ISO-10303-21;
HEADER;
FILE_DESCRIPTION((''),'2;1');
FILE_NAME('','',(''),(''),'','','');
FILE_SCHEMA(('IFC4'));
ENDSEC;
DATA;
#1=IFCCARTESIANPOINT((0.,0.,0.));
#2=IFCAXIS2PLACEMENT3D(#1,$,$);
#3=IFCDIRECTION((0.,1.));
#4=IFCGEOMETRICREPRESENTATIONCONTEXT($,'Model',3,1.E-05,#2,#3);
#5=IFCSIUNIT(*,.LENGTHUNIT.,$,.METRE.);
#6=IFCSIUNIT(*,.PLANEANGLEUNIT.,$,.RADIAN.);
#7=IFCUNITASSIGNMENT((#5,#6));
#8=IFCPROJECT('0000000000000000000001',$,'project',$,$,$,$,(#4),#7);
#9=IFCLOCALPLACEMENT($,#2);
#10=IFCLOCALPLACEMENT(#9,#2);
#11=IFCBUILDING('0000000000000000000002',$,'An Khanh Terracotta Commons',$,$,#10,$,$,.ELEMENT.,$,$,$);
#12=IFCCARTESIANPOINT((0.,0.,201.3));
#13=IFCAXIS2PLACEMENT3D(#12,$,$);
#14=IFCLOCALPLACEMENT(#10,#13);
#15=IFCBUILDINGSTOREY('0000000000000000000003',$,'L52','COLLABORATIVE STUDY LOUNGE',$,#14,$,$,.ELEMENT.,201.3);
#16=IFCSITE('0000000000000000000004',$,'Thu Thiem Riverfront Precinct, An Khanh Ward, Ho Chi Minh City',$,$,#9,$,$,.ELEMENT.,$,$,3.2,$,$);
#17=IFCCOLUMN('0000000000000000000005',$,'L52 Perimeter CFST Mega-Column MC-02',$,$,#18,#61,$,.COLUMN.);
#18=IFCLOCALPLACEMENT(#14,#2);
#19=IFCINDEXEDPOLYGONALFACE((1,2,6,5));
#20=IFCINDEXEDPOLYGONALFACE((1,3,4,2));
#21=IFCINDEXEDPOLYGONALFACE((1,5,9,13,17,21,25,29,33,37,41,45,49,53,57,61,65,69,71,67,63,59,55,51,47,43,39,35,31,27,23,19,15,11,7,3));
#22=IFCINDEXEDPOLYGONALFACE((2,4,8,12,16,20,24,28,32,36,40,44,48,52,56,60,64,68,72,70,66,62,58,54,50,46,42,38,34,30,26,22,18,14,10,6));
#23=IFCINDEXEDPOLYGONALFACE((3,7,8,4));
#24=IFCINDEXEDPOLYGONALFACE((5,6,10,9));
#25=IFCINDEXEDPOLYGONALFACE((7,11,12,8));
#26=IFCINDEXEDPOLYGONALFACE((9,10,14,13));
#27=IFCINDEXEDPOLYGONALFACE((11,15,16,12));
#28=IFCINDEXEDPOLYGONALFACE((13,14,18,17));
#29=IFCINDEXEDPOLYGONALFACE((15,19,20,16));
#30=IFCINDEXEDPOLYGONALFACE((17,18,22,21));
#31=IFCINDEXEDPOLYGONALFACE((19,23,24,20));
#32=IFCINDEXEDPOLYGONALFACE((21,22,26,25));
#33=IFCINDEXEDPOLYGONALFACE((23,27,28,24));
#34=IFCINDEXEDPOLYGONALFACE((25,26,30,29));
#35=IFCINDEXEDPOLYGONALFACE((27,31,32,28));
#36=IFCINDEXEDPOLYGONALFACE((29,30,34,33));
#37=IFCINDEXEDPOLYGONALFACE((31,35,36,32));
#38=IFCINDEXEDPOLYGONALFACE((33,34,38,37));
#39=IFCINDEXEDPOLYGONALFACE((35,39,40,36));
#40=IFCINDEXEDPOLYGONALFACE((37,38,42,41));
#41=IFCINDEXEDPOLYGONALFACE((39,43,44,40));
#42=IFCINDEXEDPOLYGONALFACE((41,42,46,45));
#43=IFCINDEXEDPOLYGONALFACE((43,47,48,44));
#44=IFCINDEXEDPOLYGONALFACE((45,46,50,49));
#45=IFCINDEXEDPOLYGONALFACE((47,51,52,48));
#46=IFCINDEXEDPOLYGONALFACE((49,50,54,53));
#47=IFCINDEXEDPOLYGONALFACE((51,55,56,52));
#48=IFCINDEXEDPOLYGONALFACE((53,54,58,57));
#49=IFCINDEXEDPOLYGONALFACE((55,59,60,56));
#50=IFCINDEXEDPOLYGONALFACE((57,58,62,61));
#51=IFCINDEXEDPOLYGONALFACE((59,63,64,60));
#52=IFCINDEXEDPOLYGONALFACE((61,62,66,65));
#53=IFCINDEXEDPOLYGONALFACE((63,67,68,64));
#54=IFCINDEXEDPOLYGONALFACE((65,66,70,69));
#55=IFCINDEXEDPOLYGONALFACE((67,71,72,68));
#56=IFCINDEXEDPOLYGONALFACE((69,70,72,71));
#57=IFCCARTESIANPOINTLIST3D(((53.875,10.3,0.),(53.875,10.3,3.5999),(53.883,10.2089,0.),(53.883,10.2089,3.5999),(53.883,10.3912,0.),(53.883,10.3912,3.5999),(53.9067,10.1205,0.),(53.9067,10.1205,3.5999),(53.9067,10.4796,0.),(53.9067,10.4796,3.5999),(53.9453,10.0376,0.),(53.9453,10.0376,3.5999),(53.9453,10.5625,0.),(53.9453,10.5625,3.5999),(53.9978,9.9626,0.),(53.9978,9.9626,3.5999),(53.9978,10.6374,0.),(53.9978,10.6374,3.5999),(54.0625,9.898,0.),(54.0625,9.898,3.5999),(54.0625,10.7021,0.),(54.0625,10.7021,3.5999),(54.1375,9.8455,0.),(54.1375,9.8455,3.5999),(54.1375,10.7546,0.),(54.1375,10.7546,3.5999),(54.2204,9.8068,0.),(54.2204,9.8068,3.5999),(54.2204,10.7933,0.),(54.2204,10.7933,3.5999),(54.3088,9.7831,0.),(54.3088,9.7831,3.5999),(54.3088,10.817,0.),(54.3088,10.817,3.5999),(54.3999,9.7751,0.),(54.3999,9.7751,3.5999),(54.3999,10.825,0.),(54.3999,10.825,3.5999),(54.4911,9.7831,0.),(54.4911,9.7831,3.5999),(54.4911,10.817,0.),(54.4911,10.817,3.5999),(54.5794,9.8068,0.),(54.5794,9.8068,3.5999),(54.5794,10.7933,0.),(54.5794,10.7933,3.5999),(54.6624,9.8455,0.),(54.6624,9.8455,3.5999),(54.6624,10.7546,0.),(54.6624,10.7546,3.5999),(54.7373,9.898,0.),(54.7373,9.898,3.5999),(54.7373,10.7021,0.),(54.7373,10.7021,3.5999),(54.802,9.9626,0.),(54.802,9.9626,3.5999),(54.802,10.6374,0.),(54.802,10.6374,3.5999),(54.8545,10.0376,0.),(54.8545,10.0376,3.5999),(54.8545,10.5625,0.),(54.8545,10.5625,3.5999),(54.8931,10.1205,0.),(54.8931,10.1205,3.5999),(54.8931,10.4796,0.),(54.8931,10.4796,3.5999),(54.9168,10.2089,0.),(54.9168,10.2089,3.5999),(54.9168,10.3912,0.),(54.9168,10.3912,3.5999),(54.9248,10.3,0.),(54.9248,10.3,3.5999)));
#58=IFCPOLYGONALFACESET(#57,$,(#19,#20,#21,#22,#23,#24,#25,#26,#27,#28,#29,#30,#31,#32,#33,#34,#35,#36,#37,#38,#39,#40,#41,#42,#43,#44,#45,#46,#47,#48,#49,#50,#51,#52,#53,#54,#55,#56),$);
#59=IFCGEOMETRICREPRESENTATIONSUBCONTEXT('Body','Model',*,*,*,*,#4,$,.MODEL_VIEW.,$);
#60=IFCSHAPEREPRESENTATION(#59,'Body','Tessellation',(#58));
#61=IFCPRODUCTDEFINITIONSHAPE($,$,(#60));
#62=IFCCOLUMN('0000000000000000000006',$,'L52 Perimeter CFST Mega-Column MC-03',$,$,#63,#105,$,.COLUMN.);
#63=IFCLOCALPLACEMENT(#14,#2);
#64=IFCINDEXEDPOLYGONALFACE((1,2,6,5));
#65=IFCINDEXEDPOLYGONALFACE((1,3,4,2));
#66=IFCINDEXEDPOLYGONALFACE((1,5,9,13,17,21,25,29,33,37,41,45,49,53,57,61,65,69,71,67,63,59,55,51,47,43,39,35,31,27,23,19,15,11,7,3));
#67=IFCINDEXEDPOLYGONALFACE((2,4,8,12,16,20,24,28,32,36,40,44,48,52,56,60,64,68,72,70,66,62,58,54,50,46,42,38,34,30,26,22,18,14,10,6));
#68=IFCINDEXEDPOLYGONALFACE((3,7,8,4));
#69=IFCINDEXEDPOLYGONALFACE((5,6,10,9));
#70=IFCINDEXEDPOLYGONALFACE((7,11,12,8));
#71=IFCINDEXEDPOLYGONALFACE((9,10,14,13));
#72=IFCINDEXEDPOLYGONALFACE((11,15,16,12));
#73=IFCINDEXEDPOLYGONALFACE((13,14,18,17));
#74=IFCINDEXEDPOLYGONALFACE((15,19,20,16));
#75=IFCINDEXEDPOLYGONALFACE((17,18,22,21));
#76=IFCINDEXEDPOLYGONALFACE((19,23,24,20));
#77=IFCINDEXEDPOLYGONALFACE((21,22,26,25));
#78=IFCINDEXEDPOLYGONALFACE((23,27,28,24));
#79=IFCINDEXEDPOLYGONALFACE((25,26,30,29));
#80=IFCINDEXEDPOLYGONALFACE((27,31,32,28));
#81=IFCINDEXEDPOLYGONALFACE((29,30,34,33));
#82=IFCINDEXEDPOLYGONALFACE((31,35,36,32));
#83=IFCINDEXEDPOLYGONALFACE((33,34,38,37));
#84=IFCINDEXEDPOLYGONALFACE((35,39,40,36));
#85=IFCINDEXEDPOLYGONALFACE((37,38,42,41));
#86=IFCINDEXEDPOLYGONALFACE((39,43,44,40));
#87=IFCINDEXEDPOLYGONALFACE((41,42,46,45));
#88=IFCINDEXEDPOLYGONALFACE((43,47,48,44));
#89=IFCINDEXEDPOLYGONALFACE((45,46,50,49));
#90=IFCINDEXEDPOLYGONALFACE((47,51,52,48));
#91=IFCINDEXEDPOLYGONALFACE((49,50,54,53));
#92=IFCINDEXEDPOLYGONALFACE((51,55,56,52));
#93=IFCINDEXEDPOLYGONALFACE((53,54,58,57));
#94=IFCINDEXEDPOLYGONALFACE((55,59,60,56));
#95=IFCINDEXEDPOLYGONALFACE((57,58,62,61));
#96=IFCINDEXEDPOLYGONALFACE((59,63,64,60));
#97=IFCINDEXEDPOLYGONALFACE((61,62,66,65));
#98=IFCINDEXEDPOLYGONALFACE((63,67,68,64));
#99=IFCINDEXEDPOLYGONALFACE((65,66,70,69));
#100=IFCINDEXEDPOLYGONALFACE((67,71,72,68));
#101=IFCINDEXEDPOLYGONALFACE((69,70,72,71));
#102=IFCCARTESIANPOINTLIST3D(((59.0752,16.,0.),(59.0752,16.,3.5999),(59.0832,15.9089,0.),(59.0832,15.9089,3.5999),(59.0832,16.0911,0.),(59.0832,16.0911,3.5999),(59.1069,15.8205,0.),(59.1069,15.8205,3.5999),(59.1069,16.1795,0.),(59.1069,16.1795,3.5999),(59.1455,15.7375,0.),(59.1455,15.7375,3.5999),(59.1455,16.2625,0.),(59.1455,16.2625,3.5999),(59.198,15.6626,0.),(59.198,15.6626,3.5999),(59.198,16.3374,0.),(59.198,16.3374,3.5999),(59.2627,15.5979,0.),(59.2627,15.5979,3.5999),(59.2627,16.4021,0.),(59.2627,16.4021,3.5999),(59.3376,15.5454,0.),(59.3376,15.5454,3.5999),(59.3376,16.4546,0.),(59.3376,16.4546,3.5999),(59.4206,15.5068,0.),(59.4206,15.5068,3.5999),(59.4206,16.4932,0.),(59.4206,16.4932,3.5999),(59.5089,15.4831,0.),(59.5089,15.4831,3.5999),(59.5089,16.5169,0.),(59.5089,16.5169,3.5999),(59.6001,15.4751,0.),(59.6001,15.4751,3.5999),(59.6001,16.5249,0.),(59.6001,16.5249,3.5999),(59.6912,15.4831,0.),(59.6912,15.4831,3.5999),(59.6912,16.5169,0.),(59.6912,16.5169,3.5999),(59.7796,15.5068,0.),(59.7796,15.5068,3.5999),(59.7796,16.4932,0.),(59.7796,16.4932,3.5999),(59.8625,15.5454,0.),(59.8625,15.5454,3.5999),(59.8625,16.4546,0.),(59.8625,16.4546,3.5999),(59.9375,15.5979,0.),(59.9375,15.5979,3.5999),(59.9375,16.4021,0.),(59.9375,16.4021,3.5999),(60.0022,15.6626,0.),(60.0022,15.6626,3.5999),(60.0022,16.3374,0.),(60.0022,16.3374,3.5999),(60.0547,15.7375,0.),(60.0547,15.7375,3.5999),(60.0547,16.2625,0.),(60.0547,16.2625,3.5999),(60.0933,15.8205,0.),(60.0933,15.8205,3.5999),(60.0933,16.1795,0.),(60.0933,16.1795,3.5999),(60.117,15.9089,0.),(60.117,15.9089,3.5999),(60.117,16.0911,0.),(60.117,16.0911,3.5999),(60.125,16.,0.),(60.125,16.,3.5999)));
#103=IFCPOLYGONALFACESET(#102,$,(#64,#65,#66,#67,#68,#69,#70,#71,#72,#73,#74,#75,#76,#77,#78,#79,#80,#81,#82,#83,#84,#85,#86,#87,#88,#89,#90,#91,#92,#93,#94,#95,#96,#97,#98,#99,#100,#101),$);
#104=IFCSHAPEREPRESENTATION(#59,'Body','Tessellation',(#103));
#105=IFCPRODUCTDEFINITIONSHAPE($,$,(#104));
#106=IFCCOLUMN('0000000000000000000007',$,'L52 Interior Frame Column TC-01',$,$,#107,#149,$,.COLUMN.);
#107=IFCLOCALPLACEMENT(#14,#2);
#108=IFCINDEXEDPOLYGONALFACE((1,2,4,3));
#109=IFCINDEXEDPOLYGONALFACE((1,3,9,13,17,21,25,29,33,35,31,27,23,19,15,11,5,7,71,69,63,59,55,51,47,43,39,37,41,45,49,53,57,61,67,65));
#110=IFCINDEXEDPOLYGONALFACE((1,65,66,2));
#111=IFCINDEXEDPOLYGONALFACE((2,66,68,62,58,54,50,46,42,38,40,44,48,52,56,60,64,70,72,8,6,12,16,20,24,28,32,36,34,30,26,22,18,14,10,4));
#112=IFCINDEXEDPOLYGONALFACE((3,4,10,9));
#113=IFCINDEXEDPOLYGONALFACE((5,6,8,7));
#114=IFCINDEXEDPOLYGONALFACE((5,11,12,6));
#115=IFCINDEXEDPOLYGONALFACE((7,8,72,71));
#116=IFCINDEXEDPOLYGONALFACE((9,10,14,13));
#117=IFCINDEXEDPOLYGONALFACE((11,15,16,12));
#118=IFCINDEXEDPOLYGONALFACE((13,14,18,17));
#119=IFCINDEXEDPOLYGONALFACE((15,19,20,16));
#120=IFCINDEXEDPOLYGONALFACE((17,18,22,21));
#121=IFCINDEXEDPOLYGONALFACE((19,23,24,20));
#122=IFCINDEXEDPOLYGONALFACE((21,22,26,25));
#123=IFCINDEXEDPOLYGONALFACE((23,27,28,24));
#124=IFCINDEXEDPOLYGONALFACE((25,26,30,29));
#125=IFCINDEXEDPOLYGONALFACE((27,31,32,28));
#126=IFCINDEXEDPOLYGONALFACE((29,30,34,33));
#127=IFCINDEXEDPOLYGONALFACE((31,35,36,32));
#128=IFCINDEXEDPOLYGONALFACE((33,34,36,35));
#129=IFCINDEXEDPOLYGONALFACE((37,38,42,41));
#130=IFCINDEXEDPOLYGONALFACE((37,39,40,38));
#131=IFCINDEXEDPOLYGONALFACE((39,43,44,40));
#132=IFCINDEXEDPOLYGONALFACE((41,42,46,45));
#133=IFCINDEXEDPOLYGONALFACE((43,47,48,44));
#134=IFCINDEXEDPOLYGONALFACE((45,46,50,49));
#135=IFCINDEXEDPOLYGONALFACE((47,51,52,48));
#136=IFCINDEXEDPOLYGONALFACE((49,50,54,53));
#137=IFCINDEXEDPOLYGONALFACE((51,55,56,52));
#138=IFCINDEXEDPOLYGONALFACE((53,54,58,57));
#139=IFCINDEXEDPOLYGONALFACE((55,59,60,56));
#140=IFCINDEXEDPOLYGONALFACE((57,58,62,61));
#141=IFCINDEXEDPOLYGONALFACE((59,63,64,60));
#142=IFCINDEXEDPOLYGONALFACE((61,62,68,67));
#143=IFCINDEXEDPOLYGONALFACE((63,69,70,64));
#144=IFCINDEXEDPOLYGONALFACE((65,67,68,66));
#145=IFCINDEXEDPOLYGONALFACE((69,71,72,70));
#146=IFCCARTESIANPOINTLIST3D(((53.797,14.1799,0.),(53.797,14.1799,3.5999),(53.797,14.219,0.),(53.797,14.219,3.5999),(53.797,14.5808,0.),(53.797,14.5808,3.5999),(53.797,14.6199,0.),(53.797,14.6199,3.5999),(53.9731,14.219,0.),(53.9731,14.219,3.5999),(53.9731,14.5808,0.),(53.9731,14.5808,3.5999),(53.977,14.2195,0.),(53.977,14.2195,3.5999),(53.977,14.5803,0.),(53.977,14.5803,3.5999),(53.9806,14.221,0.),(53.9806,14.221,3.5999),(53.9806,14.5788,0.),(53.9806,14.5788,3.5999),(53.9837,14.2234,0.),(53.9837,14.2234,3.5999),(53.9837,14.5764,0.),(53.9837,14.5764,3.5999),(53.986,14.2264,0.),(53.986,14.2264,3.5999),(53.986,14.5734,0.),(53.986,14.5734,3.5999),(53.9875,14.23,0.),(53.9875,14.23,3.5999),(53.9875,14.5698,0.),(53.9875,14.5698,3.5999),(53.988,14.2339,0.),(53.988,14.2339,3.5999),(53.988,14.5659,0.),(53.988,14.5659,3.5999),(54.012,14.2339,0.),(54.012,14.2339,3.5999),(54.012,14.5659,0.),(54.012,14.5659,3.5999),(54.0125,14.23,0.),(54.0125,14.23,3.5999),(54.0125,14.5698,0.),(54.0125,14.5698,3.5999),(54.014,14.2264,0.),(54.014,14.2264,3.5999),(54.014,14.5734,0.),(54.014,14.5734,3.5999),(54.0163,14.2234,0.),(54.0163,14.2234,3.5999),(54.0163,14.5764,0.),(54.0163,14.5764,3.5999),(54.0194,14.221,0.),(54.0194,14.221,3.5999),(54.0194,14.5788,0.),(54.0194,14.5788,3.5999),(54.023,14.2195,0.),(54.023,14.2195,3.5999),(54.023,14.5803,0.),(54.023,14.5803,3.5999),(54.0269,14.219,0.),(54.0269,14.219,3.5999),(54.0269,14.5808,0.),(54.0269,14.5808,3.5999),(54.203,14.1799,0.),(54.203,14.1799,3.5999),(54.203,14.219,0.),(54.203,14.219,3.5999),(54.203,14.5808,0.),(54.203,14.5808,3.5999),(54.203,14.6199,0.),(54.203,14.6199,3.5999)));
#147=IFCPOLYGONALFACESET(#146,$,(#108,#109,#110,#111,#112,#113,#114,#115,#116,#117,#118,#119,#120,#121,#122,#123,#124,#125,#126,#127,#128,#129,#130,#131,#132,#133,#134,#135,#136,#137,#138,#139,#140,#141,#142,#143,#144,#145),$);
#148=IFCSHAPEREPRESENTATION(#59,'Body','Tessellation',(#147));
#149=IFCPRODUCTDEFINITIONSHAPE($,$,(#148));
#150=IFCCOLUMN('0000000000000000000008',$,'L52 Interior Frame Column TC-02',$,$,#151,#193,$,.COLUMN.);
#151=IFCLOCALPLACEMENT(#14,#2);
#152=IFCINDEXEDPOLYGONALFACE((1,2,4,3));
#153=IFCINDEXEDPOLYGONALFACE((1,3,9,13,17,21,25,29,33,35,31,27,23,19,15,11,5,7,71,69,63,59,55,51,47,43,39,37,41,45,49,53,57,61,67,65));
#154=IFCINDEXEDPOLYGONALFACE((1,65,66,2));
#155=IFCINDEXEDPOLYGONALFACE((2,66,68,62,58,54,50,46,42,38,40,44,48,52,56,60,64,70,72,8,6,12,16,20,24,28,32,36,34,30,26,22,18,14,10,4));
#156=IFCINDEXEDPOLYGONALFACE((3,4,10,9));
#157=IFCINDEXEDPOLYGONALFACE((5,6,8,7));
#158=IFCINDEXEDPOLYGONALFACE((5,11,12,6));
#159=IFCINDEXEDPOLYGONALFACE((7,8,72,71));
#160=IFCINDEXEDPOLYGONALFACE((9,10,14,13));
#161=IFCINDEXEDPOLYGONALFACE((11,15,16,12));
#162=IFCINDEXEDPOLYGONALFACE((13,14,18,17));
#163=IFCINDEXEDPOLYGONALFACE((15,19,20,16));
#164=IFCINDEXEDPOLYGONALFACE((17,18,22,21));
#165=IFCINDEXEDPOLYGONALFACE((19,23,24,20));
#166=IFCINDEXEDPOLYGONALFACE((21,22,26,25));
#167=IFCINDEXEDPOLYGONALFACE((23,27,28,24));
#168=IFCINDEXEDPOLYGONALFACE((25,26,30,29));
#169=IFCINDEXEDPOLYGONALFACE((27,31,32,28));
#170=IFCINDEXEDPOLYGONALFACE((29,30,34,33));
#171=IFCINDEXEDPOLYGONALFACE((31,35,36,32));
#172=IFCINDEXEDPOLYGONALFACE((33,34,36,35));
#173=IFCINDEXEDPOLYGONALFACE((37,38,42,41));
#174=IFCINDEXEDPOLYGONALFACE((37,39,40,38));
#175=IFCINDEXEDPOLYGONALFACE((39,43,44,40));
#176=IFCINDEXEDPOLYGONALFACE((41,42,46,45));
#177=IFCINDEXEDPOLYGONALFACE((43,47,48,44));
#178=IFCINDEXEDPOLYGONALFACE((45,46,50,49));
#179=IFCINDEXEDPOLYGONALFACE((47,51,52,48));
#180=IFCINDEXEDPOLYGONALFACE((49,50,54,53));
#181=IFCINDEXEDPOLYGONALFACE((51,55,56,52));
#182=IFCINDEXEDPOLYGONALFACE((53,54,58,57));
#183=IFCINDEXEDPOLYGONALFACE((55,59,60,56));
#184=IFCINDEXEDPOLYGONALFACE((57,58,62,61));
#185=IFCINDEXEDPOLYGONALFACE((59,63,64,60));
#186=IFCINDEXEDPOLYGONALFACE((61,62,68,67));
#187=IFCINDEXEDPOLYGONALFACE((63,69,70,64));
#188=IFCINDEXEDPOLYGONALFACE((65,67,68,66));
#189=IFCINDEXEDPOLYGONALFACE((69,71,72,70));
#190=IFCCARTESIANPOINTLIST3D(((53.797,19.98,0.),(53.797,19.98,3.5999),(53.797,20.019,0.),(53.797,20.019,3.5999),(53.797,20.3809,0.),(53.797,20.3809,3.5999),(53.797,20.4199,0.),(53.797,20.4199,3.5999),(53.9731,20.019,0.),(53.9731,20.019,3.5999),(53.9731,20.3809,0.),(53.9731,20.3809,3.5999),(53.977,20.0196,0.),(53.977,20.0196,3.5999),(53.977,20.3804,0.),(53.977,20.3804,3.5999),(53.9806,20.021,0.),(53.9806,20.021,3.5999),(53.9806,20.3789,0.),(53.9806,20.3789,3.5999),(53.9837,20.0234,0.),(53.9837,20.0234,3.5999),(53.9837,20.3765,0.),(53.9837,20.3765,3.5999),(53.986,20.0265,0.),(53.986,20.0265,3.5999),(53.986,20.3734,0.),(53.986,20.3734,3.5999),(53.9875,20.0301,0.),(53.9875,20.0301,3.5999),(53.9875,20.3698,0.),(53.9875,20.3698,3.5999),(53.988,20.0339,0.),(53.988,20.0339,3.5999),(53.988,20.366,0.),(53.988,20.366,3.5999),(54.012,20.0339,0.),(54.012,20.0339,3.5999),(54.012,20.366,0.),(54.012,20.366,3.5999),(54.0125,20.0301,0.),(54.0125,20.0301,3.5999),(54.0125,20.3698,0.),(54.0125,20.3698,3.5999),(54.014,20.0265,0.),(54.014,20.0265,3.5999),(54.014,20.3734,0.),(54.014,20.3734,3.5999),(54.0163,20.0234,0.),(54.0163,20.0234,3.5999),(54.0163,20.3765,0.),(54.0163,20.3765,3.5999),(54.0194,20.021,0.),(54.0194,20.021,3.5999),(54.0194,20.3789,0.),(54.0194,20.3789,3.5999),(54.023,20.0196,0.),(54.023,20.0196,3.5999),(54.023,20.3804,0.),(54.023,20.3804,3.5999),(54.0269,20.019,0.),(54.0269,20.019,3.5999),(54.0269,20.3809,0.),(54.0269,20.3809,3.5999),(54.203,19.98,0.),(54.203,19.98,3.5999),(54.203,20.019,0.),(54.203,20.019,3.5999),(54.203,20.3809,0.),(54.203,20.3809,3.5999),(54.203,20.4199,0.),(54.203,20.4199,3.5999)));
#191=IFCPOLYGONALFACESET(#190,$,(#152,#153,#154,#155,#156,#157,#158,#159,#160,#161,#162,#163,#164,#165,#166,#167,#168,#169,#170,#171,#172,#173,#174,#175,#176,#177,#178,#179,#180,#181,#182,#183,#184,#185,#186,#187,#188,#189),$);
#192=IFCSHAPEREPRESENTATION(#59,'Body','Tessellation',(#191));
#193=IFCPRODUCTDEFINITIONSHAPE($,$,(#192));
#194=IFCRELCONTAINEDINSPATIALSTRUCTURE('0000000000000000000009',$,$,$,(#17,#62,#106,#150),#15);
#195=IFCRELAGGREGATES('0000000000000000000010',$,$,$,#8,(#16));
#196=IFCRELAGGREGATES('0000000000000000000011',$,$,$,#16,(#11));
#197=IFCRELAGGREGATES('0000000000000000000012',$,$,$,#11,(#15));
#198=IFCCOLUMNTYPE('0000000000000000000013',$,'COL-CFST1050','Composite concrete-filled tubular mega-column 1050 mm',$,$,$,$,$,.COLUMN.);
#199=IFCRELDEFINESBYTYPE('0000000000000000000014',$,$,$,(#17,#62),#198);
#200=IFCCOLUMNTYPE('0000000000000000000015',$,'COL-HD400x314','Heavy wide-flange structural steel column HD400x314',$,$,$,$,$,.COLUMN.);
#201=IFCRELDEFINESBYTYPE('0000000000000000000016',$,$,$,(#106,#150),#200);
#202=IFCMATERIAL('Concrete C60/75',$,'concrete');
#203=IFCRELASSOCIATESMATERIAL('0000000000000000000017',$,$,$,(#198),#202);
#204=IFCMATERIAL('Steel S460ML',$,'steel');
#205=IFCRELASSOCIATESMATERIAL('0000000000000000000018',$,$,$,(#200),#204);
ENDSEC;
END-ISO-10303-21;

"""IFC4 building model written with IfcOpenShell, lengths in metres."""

from ifc_helpers import new_model, si_unit, direction, frame, origin, origin_2d, place, context, subcontext, project, spatial, circle, i_section, extrude, material, material_profile, profile_set, type_object, element, save


model = new_model("IFC4")

# Units and contexts
model_context = context("Model", 3, precision=1e-05, world=origin(), true_north=direction((0.0, 1.0)))
body_context = subcontext(model_context, "Body", "Model", "MODEL_VIEW")
ifc_project = project(units=[si_unit("LENGTHUNIT", "METRE"), si_unit("PLANEANGLEUNIT", "RADIAN")], contexts=[model_context])

# Site, building, storey
site_placement = place(None, origin())
site = spatial("IfcSite", under=ifc_project, at=site_placement, Name="Thu Thiem Riverfront Precinct, An Khanh Ward, Ho Chi Minh City", CompositionType="ELEMENT", RefElevation=3.2)
building_placement = place(site_placement, origin())
building = spatial("IfcBuilding", under=site, at=building_placement, Name="An Khanh Terracotta Commons", CompositionType="ELEMENT")
storey_placement = place(building_placement, frame((0.0, 0.0, 201.3)))
storey = spatial("IfcBuildingStorey", under=building, at=storey_placement, Name="L52", Description="COLLABORATIVE STUDY LOUNGE", CompositionType="ELEMENT", Elevation=201.3)

# Columns
ifc_material_1 = material(Name="Concrete C60/75", Category="concrete")
ifc_material_profile_1 = material_profile(ifc_material_1, circle(Radius=0.5249, at=origin_2d()), Name="CFST1050")
ifc_profile_set_1 = profile_set([ifc_material_profile_1], Name="Concrete C60/75")
column_type_1 = type_object("IfcColumnType", Name="COL-CFST1050", Description="Composite concrete-filled tubular mega-column 1050 mm", PredefinedType="COLUMN", material=ifc_profile_set_1)
for number, where, z_axis, x_axis, name in (
    (1, (54.3999, 10.3, 0.0), (0.0, 0.0, 1.0), (1.0, 0.0, 0.0), "L52 Perimeter CFST Mega-Column MC-02"),
    (2, (59.6001, 16.0, 0.0), (0.0, 0.0, 1.0), (1.0, 0.0, 0.0), "L52 Perimeter CFST Mega-Column MC-03"),
):
    element("IfcColumn", number, at=place(storey_placement, frame(where, z_axis=z_axis, x_axis=x_axis)), inside=storey, type_object=column_type_1, Name=name, PredefinedType="COLUMN", context=body_context, shape_type="SweptSolid", body=[
        extrude(circle(Radius=0.5249, at=origin_2d()), origin(), (0.0, 0.0, 1.0), 3.5999),
    ])
ifc_material_2 = material(Name="Steel S460ML", Category="steel")
ifc_material_profile_2 = material_profile(ifc_material_2, i_section(OverallWidth=0.406, OverallDepth=0.4399, WebThickness=0.0239, FlangeThickness=0.0391, FilletRadius=0.0149, at=origin_2d()), Name="HD400x314")
ifc_profile_set_2 = profile_set([ifc_material_profile_2], Name="Steel S460ML")
column_type_2 = type_object("IfcColumnType", Name="COL-HD400x314", Description="Heavy wide-flange structural steel column HD400x314", PredefinedType="COLUMN", material=ifc_profile_set_2)
for number, where, z_axis, x_axis, name in (
    (3, (54.0, 14.3999, 0.0), (0.0, 0.0, 1.0), (1.0, 0.0, 0.0), "L52 Interior Frame Column TC-01"),
    (4, (54.0, 20.2, 0.0), (0.0, 0.0, 1.0), (1.0, 0.0, 0.0), "L52 Interior Frame Column TC-02"),
):
    element("IfcColumn", number, at=place(storey_placement, frame(where, z_axis=z_axis, x_axis=x_axis)), inside=storey, type_object=column_type_2, Name=name, PredefinedType="COLUMN", context=body_context, shape_type="SweptSolid", body=[
        extrude(i_section(OverallWidth=0.406, OverallDepth=0.4399, WebThickness=0.0239, FlangeThickness=0.0391, FilletRadius=0.0149, at=origin_2d()), origin(), (0.0, 0.0, 1.0), 3.5999),
    ])

save(model, "model.ifc")
